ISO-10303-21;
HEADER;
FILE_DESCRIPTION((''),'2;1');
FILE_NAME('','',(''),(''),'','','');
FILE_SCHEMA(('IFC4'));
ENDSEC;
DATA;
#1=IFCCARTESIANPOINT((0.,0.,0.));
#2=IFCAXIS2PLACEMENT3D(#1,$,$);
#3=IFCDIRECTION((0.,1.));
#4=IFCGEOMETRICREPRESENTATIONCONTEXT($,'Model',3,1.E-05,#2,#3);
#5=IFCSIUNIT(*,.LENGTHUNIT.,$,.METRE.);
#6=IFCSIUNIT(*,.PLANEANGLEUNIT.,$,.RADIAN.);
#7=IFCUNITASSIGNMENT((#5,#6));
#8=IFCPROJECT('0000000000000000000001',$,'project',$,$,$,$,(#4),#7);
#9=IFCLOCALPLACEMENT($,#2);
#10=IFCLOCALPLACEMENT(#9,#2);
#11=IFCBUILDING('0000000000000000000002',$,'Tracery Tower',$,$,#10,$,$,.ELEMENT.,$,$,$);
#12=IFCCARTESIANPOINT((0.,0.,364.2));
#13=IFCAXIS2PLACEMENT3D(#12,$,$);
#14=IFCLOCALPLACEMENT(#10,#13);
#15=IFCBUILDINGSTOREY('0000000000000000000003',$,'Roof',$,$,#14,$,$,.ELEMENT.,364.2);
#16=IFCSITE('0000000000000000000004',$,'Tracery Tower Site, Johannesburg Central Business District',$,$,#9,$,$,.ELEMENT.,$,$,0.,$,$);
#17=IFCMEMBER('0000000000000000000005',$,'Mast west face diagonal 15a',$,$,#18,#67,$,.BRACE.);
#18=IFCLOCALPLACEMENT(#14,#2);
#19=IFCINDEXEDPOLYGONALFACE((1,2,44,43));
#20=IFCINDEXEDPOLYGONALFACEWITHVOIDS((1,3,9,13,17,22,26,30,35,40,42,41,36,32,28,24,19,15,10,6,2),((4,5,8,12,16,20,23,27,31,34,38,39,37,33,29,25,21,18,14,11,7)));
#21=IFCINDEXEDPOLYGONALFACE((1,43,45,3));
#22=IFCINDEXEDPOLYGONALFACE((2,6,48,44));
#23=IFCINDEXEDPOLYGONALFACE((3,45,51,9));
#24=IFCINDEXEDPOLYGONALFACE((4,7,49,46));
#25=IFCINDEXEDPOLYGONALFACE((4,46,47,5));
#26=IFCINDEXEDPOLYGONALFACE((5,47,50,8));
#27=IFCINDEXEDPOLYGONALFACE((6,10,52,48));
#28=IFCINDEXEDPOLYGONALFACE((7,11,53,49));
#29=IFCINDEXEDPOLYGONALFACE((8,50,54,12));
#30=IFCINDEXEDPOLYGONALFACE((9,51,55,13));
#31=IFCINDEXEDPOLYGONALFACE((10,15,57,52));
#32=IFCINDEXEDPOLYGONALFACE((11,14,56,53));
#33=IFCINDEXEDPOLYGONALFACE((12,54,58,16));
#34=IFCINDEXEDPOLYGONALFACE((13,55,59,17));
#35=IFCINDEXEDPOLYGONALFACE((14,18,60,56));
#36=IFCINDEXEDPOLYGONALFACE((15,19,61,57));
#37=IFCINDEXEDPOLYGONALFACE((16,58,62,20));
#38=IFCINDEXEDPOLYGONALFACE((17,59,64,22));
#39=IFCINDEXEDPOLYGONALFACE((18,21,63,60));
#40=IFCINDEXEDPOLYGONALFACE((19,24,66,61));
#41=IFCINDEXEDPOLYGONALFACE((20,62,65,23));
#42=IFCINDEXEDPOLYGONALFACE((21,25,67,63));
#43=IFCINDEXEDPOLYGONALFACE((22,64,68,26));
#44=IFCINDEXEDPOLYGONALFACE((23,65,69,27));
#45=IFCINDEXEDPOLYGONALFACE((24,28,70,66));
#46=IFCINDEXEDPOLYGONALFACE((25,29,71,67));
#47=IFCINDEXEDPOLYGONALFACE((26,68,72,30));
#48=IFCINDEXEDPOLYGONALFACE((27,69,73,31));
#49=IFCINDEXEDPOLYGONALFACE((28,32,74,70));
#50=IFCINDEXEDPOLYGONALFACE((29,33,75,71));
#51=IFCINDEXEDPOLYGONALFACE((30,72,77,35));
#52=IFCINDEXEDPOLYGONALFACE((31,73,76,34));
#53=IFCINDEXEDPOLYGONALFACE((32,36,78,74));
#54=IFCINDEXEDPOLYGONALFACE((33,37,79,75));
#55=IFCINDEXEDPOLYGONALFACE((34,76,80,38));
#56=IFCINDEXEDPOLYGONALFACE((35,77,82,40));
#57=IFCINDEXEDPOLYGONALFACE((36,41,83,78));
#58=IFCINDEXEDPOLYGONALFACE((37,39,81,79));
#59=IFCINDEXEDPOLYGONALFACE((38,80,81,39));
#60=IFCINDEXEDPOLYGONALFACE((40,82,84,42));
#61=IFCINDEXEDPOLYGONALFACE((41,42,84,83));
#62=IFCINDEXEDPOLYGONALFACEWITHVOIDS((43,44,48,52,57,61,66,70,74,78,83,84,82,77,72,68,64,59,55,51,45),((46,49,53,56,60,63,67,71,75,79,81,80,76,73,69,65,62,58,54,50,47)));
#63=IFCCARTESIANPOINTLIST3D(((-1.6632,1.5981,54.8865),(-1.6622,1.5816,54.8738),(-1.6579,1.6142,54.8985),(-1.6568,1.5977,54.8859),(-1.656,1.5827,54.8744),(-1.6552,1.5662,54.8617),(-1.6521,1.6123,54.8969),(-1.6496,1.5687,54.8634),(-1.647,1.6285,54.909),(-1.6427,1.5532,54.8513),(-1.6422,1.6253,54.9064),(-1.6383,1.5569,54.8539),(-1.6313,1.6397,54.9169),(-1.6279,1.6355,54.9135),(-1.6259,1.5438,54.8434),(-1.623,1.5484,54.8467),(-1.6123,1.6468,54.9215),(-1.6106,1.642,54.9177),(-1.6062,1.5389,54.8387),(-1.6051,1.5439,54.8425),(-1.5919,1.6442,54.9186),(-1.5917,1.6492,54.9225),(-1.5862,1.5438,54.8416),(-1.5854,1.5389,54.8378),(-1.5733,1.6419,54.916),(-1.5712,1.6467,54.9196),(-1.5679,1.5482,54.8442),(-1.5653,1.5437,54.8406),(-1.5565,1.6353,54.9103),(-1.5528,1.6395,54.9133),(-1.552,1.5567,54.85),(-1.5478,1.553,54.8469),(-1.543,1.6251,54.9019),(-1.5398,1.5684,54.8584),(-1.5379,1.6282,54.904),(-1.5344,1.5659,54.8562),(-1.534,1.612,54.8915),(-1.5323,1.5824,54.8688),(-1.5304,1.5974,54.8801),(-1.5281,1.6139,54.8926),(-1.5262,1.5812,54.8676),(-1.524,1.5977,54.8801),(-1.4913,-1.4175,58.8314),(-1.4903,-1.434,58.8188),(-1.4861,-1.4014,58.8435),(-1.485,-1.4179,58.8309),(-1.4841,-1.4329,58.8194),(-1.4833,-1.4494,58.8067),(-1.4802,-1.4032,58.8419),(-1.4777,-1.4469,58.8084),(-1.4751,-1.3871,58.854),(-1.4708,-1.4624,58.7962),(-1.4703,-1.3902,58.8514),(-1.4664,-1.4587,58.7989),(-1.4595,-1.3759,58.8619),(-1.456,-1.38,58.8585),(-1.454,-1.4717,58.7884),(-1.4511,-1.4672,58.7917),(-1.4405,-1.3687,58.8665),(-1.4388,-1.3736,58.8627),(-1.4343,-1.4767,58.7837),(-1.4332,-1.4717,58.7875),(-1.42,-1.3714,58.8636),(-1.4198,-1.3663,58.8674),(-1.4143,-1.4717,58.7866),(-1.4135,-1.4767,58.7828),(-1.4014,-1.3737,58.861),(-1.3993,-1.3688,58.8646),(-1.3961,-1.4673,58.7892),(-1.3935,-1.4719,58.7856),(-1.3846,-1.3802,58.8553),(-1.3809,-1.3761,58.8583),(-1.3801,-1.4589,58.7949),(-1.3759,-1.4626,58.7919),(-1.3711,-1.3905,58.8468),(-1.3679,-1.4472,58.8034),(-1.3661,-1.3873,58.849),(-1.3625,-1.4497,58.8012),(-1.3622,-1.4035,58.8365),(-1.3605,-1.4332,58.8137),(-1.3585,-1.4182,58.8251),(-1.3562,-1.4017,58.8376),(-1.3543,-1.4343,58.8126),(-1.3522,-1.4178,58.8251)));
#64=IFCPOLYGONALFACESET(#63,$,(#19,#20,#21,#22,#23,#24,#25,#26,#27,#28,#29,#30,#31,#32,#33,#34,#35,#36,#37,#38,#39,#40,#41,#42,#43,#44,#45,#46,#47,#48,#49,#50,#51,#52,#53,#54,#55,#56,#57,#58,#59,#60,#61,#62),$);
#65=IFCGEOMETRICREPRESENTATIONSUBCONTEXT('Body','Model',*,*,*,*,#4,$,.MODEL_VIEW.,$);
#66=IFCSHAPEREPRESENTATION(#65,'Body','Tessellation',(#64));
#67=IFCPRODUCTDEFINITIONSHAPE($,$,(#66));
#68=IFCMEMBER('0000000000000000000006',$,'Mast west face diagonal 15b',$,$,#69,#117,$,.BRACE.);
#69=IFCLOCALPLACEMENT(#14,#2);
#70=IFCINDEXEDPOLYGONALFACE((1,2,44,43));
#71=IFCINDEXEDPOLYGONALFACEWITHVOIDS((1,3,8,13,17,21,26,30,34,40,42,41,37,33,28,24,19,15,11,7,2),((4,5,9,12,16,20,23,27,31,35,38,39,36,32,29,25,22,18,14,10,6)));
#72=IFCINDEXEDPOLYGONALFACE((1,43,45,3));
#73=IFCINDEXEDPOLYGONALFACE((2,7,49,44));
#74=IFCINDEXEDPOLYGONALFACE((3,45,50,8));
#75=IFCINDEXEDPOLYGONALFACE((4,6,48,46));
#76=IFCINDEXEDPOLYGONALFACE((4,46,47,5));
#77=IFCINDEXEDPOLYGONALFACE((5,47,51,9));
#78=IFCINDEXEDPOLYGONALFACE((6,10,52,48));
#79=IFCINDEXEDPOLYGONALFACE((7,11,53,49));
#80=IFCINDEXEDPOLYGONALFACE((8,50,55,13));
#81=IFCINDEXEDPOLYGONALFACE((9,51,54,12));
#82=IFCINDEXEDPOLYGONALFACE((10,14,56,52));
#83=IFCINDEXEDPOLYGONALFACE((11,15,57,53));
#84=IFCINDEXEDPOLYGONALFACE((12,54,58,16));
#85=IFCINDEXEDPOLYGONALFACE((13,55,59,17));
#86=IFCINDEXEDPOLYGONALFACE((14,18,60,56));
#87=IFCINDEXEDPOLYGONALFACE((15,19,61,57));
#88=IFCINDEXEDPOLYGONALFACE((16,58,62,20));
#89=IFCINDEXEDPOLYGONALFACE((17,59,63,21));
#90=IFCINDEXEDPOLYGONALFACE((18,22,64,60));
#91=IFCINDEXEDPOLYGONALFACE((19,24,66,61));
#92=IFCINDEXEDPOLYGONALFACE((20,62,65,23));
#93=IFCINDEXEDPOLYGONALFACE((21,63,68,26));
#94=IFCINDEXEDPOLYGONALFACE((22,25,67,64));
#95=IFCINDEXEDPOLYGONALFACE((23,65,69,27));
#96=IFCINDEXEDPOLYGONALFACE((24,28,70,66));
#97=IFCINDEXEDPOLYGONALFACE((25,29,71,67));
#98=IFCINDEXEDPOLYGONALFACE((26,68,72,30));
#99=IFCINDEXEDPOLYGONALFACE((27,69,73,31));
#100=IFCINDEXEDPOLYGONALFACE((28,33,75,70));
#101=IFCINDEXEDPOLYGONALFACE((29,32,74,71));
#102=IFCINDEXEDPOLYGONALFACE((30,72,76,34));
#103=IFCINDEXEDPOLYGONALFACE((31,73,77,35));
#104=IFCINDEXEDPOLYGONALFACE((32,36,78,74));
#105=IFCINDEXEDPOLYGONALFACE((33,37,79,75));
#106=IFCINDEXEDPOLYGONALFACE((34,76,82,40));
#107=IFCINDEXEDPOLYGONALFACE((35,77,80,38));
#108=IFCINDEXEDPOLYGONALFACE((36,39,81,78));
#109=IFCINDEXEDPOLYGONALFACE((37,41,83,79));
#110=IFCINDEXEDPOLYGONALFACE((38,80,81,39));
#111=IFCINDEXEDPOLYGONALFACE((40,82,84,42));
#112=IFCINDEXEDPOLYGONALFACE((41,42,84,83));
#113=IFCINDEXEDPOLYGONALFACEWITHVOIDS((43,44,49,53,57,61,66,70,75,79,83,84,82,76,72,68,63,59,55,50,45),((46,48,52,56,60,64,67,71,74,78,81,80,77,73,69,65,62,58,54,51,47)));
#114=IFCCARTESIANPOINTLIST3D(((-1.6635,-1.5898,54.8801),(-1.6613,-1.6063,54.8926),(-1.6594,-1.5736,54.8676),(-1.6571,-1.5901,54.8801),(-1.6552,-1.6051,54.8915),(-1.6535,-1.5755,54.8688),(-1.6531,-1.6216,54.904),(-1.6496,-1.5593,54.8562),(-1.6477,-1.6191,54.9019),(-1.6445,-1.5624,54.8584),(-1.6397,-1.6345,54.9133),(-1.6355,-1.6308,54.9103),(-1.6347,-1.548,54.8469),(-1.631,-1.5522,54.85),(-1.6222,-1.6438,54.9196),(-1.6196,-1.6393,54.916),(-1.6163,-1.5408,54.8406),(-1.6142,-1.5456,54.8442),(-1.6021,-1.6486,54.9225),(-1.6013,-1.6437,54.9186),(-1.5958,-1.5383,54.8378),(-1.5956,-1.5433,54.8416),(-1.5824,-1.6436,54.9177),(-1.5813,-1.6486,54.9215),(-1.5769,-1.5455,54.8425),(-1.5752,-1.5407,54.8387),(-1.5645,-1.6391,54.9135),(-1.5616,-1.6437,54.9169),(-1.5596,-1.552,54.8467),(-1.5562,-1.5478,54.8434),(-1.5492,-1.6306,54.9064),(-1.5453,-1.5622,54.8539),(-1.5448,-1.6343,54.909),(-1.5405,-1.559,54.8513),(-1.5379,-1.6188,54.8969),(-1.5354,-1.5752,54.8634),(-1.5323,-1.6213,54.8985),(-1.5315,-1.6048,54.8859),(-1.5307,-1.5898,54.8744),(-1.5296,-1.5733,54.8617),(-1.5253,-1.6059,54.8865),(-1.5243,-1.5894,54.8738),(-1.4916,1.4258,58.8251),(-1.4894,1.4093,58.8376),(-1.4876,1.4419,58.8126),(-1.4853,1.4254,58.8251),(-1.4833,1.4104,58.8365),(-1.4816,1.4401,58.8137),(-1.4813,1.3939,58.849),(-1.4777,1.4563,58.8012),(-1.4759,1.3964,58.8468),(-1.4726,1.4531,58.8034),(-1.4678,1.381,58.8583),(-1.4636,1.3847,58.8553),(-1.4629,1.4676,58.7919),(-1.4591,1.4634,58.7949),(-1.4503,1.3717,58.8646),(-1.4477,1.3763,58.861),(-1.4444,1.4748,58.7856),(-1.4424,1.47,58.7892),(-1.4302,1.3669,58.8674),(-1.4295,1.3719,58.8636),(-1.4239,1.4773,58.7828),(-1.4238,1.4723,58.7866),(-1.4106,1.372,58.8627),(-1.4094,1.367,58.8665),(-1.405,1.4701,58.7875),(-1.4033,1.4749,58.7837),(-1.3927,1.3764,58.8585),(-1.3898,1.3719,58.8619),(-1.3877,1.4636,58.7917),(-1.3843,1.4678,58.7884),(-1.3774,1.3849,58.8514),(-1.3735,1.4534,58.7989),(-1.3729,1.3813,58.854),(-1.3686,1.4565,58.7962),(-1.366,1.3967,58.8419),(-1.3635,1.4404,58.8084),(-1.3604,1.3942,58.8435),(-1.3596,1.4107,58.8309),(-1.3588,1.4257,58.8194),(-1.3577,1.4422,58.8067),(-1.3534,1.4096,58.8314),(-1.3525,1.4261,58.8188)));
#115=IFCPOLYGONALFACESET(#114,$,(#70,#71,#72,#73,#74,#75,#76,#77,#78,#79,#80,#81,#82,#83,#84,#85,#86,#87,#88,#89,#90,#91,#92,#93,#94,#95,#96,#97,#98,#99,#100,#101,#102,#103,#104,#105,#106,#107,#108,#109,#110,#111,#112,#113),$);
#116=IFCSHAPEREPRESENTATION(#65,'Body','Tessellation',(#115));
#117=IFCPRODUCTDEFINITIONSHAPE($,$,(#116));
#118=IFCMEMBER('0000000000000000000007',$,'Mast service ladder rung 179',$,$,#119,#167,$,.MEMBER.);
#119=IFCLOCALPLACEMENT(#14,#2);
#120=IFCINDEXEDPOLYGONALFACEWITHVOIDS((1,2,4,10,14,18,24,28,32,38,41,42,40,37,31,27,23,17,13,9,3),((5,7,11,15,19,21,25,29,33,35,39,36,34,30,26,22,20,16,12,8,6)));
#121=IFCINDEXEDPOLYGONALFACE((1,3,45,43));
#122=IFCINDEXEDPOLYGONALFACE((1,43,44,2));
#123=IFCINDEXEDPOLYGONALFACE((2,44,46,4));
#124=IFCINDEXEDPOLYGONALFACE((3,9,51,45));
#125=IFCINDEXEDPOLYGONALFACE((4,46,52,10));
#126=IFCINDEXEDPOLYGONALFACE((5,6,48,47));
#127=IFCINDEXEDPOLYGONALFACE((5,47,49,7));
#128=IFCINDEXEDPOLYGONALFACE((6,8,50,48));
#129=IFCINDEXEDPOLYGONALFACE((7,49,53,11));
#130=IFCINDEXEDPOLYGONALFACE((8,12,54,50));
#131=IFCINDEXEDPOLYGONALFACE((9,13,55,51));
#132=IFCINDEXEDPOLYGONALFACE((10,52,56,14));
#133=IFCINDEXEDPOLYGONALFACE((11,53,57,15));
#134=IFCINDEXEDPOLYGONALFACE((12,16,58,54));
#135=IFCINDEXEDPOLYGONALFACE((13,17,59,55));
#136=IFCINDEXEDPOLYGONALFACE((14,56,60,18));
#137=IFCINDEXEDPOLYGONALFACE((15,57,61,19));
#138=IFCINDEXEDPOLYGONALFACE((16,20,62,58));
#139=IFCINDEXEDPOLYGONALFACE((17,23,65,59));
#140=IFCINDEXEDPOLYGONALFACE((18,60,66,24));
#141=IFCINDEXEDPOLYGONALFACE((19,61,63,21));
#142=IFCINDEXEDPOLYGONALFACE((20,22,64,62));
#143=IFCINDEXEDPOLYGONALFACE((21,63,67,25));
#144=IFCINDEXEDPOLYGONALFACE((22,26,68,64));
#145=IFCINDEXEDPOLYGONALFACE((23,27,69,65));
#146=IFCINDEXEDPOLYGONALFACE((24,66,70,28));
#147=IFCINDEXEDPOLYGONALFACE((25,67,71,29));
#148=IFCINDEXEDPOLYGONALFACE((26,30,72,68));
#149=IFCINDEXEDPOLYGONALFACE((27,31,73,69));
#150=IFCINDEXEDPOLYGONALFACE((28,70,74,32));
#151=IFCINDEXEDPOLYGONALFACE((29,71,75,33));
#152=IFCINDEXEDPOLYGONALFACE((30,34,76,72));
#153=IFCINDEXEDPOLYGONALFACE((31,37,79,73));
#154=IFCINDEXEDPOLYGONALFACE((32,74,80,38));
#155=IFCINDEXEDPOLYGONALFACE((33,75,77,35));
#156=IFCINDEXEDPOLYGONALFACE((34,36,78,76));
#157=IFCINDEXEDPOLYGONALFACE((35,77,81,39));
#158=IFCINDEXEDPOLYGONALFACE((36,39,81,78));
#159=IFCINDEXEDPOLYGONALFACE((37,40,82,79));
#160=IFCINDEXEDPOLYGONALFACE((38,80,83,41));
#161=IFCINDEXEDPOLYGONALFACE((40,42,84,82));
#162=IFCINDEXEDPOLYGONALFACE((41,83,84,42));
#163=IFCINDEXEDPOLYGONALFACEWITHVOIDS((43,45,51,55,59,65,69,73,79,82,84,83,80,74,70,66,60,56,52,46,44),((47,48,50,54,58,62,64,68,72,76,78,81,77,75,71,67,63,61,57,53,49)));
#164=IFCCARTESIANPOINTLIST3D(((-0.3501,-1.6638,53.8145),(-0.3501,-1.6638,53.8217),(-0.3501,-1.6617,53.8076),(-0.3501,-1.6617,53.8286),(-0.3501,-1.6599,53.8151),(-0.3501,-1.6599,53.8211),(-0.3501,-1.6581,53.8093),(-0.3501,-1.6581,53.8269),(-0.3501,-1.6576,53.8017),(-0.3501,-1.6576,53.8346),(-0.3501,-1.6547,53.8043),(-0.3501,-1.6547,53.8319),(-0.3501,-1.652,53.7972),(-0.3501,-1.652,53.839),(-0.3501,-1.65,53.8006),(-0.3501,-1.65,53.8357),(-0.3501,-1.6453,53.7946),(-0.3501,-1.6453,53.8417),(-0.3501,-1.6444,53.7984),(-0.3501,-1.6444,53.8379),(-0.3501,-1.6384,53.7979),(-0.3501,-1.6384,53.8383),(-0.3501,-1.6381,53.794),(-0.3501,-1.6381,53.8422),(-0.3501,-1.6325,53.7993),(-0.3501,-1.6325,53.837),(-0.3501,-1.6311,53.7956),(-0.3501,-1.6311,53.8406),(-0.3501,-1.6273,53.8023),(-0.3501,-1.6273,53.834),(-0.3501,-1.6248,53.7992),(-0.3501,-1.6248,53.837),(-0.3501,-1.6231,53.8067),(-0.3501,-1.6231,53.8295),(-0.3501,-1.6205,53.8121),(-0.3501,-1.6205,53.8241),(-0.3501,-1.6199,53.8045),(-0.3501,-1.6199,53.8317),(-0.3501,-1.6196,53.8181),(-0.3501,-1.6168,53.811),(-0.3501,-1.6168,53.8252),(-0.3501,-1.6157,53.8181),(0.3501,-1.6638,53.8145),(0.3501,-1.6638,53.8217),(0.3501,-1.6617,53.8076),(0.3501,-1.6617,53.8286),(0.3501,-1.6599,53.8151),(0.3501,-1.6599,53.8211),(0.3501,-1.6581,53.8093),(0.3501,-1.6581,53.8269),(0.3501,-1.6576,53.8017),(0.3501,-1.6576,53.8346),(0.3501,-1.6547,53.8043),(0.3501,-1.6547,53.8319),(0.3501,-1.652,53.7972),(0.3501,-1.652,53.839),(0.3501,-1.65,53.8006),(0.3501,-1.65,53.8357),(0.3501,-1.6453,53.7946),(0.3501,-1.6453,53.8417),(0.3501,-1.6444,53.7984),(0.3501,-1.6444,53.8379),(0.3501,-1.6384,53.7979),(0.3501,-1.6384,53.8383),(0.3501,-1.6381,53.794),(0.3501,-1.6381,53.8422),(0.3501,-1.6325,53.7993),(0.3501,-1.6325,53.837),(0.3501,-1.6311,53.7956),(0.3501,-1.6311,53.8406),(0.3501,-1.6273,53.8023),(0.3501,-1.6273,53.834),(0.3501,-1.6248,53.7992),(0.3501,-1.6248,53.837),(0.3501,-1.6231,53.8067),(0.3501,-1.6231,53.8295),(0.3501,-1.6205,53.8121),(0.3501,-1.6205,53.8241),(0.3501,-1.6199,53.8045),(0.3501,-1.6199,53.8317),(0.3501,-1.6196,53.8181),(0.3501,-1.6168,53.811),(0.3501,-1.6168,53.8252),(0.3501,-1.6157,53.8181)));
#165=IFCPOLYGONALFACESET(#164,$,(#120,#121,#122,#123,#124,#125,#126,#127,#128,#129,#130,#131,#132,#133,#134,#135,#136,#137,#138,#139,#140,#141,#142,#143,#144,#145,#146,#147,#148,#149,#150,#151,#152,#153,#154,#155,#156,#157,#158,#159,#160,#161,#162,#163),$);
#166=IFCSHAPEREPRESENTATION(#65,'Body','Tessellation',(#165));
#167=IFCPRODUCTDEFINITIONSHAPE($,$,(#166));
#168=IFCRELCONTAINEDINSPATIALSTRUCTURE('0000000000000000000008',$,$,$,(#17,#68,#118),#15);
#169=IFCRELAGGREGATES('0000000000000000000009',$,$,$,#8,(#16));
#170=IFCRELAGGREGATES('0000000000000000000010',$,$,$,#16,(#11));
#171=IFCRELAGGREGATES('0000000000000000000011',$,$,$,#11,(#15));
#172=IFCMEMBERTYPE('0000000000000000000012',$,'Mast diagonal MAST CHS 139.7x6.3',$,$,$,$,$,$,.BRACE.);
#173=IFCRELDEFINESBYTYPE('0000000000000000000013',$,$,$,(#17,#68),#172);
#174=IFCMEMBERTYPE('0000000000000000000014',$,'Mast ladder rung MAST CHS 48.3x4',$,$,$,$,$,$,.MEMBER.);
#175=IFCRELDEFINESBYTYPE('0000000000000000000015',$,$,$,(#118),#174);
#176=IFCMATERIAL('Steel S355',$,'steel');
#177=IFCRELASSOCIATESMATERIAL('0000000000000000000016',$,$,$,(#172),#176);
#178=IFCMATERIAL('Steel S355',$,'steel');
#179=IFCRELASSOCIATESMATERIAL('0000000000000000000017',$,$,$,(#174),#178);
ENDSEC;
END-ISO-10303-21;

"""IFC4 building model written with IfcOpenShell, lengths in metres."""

from ifc_helpers import new_model, si_unit, direction, frame, origin, origin_2d, place, context, subcontext, project, spatial, hollow_circle, extrude, material, material_profile, profile_set, type_object, element, save


model = new_model("IFC4")

# Units and contexts
model_context = context("Model", 3, precision=1e-05, world=origin(), true_north=direction((0.0, 1.0)))
body_context = subcontext(model_context, "Body", "Model", "MODEL_VIEW")
ifc_project = project(units=[si_unit("LENGTHUNIT", "METRE"), si_unit("PLANEANGLEUNIT", "RADIAN")], contexts=[model_context])

# Site, building, storey
site_placement = place(None, origin())
site = spatial("IfcSite", under=ifc_project, at=site_placement, Name="Tracery Tower Site, Johannesburg Central Business District", CompositionType="ELEMENT", RefElevation=0.0)
building_placement = place(site_placement, origin())
building = spatial("IfcBuilding", under=site, at=building_placement, Name="Tracery Tower", CompositionType="ELEMENT")
storey_placement = place(building_placement, frame((0.0, 0.0, 364.2)))
storey = spatial("IfcBuildingStorey", under=building, at=storey_placement, Name="Roof", CompositionType="ELEMENT", Elevation=364.2)

# Members
ifc_material_1 = material(Name="Steel S355", Category="steel")
ifc_material_profile_1 = material_profile(ifc_material_1, hollow_circle(Radius=0.0698, WallThickness=0.0063, at=origin_2d()), Name="CHS 139.7x6.3")
ifc_profile_set_1 = profile_set([ifc_material_profile_1], Name="Steel S355")
member_type_1 = type_object("IfcMemberType", Name="Mast diagonal MAST CHS 139.7x6.3", PredefinedType="BRACE", material=ifc_profile_set_1)
for number, where, z_axis, x_axis, name in (
    (1, (-1.5938, 1.5938, 54.8801), (0.034592, -0.606935, 0.793998), (0.99838, 0.056902, 0.0), "Mast west face diagonal 15a"),
    (2, (-1.5938, -1.5938, 54.8801), (0.034592, 0.606935, 0.793998), (-0.99838, 0.056902, 0.0), "Mast west face diagonal 15b"),
):
    element("IfcMember", number, at=place(storey_placement, frame(where, z_axis=z_axis, x_axis=x_axis)), inside=storey, type_object=member_type_1, Name=name, PredefinedType="BRACE", context=body_context, shape_type="SweptSolid", body=[
        extrude(hollow_circle(Radius=0.0698, WallThickness=0.0063, at=origin_2d()), origin(), (0.0, 0.0, 1.0), 4.9685),
    ])
ifc_material_2 = material(Name="Steel S355", Category="steel")
ifc_material_profile_2 = material_profile(ifc_material_2, hollow_circle(Radius=0.0242, WallThickness=0.0039, at=origin_2d()), Name="CHS 48.3x4")
ifc_profile_set_2 = profile_set([ifc_material_profile_2], Name="Steel S355")
member_type_2 = type_object("IfcMemberType", Name="Mast ladder rung MAST CHS 48.3x4", PredefinedType="MEMBER", material=ifc_profile_set_2)
for number, where, z_axis, x_axis, name in (
    (3, (-0.3501, -1.6399, 53.8181), (1.0, 0.0, 0.0), (0.0, 1.0, 0.0), "Mast service ladder rung 179"),
):
    element("IfcMember", number, at=place(storey_placement, frame(where, z_axis=z_axis, x_axis=x_axis)), inside=storey, type_object=member_type_2, Name=name, PredefinedType="MEMBER", context=body_context, shape_type="SweptSolid", body=[
        extrude(hollow_circle(Radius=0.0242, WallThickness=0.0039, at=origin_2d()), origin(), (0.0, 0.0, 1.0), 0.7002),
    ])

save(model, "model.ifc")
